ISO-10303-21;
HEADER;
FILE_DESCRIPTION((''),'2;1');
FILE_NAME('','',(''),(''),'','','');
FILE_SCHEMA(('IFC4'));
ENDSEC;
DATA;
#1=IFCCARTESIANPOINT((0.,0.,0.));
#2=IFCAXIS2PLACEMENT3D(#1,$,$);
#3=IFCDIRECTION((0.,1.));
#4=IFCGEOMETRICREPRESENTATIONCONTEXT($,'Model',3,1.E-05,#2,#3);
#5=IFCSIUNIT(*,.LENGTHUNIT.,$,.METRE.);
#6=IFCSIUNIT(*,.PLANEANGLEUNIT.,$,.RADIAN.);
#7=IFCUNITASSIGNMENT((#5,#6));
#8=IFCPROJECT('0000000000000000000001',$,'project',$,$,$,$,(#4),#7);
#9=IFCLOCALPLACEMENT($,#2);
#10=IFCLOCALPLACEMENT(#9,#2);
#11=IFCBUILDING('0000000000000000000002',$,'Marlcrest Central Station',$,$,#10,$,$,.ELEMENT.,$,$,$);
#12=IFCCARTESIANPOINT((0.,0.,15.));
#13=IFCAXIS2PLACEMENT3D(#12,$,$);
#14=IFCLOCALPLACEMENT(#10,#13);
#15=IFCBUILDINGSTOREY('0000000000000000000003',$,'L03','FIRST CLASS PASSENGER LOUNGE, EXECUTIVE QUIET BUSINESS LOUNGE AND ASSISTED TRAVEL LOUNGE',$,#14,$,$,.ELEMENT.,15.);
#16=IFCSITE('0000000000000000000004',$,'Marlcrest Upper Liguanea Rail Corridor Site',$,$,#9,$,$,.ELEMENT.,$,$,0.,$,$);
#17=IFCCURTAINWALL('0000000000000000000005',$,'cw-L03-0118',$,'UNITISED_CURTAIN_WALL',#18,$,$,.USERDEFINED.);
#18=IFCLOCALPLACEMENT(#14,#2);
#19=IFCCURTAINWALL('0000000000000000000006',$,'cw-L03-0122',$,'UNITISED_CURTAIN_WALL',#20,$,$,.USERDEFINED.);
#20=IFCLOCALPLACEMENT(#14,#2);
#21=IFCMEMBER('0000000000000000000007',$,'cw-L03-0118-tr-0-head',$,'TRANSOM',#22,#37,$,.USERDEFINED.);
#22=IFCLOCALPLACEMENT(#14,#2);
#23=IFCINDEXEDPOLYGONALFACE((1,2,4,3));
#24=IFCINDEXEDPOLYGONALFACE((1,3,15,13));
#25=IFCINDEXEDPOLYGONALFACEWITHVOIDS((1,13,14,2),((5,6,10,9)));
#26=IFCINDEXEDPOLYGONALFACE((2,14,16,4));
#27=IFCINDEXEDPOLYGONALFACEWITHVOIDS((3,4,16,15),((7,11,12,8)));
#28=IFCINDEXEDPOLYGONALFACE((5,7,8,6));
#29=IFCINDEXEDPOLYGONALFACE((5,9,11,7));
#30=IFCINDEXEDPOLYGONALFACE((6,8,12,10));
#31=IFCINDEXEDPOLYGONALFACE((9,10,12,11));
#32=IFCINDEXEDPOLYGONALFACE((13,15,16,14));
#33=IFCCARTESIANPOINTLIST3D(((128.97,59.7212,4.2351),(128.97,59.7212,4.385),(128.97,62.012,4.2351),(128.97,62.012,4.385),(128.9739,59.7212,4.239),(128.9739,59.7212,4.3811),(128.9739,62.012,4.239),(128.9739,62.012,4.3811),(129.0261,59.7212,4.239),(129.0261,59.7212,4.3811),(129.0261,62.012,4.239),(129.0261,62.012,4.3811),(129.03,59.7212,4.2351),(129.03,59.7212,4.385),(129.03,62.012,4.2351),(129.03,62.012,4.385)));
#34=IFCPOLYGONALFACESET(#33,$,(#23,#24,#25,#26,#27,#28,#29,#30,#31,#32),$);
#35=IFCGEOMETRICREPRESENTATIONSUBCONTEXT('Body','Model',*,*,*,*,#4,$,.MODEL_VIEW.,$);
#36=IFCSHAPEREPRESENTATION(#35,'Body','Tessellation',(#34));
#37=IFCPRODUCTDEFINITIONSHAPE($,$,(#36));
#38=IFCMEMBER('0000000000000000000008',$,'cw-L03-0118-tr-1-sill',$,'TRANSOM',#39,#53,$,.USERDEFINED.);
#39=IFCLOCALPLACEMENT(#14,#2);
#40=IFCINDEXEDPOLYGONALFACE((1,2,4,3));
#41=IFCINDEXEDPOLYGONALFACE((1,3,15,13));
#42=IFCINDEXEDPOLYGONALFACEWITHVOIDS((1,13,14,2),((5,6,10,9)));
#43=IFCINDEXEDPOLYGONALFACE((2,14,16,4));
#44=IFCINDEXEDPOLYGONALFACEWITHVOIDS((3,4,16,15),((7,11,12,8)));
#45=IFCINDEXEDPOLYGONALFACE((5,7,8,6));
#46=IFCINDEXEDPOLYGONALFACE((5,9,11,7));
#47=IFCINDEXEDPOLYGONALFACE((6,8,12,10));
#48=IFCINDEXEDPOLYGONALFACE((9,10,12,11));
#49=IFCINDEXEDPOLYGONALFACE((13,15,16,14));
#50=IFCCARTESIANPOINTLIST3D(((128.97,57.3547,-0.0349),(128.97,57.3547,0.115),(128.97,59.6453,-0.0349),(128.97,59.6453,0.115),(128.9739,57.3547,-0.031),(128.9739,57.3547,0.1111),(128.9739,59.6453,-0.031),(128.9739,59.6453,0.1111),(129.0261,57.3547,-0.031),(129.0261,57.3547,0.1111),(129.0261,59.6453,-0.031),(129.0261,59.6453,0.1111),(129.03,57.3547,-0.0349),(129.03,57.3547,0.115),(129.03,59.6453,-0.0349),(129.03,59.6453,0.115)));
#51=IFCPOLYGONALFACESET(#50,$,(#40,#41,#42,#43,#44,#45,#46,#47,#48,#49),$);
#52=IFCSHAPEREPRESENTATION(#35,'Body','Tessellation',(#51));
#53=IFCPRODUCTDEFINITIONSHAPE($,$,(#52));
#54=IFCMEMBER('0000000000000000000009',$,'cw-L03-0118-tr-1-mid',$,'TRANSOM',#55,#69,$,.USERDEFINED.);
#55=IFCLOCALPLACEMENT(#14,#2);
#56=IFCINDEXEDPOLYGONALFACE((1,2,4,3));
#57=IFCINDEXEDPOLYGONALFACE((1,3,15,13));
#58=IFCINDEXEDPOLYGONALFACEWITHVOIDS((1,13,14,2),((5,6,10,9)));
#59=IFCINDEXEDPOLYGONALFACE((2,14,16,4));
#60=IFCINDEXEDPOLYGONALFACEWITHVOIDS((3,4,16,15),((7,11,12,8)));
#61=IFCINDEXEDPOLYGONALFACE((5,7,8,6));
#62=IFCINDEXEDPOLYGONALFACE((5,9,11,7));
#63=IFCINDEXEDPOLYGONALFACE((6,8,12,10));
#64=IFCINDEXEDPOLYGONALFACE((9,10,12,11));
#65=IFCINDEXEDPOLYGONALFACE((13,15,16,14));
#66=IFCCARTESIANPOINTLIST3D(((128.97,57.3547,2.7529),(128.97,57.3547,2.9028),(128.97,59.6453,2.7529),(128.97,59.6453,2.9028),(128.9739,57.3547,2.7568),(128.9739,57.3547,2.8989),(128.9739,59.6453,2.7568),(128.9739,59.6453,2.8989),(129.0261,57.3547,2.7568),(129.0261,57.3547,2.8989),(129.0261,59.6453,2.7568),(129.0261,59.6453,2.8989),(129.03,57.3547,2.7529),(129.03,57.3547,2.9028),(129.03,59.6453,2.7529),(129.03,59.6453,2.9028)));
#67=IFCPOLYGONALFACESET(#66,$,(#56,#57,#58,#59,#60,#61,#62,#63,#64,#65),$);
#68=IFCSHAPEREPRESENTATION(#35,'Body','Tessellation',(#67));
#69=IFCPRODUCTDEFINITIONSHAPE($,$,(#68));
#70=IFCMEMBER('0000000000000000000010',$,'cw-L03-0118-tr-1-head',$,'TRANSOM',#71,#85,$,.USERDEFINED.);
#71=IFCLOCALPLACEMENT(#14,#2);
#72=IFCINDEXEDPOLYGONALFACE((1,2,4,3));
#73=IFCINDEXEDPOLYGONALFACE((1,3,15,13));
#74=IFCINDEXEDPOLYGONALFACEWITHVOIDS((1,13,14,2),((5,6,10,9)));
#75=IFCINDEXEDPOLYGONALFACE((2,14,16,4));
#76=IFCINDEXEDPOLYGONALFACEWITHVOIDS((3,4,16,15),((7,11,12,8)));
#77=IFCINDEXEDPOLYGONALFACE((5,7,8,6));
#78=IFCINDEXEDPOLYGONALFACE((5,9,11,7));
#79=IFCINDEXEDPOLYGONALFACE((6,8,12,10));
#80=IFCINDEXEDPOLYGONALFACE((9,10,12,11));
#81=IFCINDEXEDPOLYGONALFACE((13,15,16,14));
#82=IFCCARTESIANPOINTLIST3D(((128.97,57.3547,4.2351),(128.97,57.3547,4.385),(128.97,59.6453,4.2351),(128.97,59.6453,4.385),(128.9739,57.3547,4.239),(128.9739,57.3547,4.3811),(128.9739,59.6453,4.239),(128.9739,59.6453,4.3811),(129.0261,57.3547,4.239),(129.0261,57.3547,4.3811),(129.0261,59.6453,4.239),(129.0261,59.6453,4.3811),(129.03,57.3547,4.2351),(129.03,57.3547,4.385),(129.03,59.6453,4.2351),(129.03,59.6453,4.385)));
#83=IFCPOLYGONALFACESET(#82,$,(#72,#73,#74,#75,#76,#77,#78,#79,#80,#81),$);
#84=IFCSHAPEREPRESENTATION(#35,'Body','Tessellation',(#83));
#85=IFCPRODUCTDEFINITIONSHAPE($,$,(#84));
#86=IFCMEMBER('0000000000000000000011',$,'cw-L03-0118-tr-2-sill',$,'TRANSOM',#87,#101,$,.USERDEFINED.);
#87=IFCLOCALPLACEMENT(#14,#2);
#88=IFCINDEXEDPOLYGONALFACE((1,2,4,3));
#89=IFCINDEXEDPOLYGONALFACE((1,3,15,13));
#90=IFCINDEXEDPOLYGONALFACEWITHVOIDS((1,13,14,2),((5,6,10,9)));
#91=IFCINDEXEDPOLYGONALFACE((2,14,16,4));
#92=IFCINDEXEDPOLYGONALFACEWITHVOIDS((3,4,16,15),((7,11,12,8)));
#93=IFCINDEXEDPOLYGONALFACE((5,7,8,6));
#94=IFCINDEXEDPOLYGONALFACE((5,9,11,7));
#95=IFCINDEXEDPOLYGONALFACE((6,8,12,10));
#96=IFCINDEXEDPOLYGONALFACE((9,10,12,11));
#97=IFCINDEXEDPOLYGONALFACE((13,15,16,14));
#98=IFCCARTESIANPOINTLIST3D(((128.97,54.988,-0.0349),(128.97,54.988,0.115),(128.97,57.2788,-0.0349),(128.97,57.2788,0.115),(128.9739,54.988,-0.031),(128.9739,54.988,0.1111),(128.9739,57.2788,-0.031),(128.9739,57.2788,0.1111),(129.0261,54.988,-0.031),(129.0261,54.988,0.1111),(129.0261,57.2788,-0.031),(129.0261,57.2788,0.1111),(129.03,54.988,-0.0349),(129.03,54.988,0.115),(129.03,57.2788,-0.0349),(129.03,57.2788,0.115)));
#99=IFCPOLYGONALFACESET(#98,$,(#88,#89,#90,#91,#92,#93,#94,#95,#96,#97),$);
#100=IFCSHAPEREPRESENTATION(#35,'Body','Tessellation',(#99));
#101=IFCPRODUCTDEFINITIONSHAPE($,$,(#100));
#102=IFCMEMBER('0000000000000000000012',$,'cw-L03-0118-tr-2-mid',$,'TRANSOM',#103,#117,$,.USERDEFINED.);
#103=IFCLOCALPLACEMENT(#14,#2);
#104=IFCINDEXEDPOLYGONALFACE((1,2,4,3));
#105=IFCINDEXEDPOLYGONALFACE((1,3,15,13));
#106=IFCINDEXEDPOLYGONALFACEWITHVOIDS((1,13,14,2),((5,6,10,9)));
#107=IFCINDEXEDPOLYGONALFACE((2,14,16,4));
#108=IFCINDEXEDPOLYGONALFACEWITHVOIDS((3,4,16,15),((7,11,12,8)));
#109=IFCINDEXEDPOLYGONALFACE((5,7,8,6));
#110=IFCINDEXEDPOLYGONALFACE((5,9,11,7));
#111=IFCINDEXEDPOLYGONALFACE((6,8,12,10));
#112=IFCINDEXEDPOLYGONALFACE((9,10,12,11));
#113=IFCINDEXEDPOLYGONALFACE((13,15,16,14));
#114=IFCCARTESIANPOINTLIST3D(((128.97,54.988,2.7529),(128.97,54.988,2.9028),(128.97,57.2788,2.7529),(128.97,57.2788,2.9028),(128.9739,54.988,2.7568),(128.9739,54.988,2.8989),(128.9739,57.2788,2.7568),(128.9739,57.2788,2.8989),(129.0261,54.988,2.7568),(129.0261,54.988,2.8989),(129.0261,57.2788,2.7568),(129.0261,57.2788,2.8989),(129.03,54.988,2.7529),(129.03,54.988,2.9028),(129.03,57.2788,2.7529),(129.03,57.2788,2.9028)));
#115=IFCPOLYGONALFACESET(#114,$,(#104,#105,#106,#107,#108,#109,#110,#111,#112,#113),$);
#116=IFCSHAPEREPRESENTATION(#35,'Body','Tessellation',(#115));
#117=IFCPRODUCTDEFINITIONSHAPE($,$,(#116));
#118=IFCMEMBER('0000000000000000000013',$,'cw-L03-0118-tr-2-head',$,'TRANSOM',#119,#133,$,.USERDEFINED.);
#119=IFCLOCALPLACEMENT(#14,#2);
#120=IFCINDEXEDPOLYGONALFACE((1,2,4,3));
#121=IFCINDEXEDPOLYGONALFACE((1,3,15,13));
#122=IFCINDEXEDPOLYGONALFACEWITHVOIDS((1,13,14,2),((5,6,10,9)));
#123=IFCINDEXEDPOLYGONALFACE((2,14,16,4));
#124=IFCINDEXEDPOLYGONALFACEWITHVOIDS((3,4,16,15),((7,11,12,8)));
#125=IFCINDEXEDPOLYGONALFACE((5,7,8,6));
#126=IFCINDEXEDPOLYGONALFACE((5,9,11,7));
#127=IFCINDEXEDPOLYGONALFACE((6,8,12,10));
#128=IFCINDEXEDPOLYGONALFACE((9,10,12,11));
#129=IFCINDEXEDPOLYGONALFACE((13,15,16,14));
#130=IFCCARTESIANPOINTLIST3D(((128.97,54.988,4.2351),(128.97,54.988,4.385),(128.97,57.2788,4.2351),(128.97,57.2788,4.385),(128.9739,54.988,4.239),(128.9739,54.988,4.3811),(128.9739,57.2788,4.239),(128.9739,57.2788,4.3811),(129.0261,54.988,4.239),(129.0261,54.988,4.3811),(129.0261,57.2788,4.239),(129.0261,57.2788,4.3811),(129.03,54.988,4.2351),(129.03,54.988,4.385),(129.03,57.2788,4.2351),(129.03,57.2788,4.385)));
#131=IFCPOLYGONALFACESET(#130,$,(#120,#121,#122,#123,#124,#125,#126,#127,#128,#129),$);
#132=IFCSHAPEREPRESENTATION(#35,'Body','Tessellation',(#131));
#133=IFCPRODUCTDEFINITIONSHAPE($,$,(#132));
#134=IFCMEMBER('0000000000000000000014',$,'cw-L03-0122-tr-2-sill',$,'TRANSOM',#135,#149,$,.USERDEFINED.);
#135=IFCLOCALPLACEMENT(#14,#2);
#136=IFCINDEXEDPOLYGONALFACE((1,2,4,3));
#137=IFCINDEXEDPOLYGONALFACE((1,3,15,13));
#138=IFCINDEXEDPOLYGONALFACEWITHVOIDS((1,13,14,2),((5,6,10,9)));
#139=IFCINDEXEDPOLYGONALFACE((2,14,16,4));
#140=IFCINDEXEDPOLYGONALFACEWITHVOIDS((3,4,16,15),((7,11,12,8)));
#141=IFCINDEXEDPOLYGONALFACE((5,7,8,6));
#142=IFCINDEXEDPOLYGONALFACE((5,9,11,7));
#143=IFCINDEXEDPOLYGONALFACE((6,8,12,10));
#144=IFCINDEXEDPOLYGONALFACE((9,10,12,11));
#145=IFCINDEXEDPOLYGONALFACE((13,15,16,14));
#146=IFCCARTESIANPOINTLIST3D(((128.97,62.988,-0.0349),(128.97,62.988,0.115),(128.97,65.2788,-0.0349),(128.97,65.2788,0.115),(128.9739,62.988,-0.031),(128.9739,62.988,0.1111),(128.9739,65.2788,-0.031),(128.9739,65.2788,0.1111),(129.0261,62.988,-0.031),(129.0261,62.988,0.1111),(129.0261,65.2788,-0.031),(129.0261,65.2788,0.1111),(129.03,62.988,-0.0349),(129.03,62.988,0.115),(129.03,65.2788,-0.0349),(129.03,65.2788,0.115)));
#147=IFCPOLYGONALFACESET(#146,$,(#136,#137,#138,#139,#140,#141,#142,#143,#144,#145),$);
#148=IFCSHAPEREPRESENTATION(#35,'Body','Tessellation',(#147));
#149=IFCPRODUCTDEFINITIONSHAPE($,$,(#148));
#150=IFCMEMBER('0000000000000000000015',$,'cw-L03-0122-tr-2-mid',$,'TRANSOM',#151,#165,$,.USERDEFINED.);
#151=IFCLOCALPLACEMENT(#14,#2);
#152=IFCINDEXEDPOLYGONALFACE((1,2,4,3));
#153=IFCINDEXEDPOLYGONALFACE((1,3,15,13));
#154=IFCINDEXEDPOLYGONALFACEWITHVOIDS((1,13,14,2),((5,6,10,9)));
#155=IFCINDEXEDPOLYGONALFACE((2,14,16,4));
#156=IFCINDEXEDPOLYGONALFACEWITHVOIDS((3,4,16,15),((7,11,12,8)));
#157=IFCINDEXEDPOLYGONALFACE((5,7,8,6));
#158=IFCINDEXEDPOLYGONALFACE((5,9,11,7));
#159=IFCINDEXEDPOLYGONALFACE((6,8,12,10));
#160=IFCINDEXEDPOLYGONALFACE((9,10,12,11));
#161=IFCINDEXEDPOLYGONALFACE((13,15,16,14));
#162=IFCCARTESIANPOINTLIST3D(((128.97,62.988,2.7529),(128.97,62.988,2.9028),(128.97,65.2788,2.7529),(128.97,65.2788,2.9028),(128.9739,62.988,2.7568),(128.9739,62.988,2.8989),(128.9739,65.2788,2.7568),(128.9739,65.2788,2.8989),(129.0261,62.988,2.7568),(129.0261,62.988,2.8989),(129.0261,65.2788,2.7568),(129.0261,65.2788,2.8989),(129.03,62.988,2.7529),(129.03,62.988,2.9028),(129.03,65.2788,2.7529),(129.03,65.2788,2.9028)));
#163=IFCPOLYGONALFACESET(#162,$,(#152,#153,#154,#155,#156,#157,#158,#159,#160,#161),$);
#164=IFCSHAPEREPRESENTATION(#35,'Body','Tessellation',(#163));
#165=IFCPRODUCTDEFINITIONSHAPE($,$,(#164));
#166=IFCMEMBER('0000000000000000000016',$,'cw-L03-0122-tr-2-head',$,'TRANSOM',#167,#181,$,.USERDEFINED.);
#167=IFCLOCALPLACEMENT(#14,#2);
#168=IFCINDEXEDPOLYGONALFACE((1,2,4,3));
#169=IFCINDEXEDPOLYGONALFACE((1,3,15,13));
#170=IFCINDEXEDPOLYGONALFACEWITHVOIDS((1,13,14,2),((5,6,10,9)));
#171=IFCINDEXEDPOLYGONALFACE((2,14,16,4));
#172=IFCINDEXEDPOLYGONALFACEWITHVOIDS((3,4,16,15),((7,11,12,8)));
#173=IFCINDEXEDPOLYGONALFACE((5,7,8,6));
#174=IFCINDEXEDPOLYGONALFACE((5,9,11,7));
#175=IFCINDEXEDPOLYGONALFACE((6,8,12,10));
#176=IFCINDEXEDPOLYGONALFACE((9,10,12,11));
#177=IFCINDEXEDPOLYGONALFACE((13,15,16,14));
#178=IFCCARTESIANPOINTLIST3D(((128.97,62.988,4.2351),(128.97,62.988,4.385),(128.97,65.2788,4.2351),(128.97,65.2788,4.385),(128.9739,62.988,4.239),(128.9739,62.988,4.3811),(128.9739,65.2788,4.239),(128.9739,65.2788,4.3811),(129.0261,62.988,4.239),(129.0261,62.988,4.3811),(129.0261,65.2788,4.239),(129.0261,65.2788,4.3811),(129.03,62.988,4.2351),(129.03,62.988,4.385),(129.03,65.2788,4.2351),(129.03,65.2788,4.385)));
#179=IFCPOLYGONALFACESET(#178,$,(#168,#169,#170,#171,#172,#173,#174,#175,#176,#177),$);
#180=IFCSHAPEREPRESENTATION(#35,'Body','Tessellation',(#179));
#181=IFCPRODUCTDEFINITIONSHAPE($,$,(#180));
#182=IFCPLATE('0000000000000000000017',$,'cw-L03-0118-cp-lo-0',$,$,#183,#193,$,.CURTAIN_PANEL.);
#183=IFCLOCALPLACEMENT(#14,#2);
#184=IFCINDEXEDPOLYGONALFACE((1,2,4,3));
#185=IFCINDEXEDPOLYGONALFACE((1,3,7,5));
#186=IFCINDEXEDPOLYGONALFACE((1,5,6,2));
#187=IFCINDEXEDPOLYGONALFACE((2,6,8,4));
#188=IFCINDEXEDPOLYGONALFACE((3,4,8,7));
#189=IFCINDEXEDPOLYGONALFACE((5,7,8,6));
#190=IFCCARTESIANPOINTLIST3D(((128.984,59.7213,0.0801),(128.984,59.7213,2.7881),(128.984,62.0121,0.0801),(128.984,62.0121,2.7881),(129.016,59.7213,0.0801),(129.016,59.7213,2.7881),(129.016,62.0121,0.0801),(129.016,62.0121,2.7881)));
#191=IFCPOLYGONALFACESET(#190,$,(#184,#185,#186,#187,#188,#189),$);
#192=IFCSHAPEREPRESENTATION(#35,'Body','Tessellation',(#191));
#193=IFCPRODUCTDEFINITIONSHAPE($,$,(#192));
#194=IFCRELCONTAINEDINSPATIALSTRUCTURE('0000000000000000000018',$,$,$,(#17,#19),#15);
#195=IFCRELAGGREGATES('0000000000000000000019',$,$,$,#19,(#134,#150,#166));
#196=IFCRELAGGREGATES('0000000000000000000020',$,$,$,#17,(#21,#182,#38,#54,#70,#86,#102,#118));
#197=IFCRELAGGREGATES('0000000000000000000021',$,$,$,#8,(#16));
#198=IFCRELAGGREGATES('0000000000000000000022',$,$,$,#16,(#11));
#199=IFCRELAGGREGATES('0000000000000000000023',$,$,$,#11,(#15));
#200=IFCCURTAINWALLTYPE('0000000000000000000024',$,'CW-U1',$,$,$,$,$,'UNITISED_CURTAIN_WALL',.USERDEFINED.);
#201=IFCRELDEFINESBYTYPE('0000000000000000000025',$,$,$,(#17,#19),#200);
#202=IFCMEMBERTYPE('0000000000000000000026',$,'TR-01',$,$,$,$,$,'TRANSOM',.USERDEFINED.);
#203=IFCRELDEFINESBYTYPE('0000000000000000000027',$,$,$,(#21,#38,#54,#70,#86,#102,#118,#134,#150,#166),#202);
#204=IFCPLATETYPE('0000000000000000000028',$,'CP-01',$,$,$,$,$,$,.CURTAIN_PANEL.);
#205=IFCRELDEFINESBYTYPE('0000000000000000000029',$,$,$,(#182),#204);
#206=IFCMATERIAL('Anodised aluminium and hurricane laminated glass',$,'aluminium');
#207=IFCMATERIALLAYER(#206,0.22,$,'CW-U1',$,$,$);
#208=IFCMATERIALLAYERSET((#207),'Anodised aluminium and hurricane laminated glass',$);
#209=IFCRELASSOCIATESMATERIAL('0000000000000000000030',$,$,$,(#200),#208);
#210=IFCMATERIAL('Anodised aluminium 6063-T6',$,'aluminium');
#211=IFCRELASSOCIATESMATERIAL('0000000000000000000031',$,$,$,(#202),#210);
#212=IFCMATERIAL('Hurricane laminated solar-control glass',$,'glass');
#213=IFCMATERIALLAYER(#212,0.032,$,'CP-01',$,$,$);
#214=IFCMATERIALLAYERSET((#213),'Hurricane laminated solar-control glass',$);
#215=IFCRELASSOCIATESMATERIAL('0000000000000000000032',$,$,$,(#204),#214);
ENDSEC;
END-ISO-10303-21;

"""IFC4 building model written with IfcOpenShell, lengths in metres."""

from ifc_helpers import new_model, si_unit, direction, frame, origin, origin_2d, place, context, subcontext, project, spatial, rectangle, hollow_rectangle, extrude, material, layer, layer_set, material_profile, profile_set, type_object, element, aggregate, save


model = new_model("IFC4")

# Units and contexts
model_context = context("Model", 3, precision=1e-05, world=origin(), true_north=direction((0.0, 1.0)))
body_context = subcontext(model_context, "Body", "Model", "MODEL_VIEW")
ifc_project = project(units=[si_unit("LENGTHUNIT", "METRE"), si_unit("PLANEANGLEUNIT", "RADIAN")], contexts=[model_context])

# Site, building, storey
site_placement = place(None, origin())
site = spatial("IfcSite", under=ifc_project, at=site_placement, Name="Marlcrest Upper Liguanea Rail Corridor Site", CompositionType="ELEMENT", RefElevation=0.0)
building_placement = place(site_placement, origin())
building = spatial("IfcBuilding", under=site, at=building_placement, Name="Marlcrest Central Station", CompositionType="ELEMENT")
storey_placement = place(building_placement, frame((0.0, 0.0, 15.0)))
storey = spatial("IfcBuildingStorey", under=building, at=storey_placement, Name="L03", Description="FIRST CLASS PASSENGER LOUNGE, EXECUTIVE QUIET BUSINESS LOUNGE AND ASSISTED TRAVEL LOUNGE", CompositionType="ELEMENT", Elevation=15.0)

# Curtain walls
ifc_material_1 = material(Name="Anodised aluminium and hurricane laminated glass", Category="aluminium")
ifc_layer_1 = layer(ifc_material_1, 0.22, Name="CW-U1")
ifc_layer_set_1 = layer_set([ifc_layer_1], Name="Anodised aluminium and hurricane laminated glass")
curtain_wall_type = type_object("IfcCurtainWallType", Name="CW-U1", ElementType="UNITISED_CURTAIN_WALL", PredefinedType="USERDEFINED", material=ifc_layer_set_1)
curtain_wall_1_placement = place(storey_placement, origin())
curtain_wall_1 = element("IfcCurtainWall", 1, at=curtain_wall_1_placement, inside=storey, type_object=curtain_wall_type, Name="cw-L03-0118", ObjectType="UNITISED_CURTAIN_WALL", PredefinedType="USERDEFINED")
ifc_material_2 = material(Name="Anodised aluminium 6063-T6", Category="aluminium")
curtain_wall_2_placement = place(storey_placement, origin())
curtain_wall_2 = element("IfcCurtainWall", 2, at=curtain_wall_2_placement, inside=storey, type_object=curtain_wall_type, Name="cw-L03-0122", ObjectType="UNITISED_CURTAIN_WALL", PredefinedType="USERDEFINED")

# Members
ifc_material_profile_1 = material_profile(ifc_material_2, hollow_rectangle(XDim=0.0601, YDim=0.1499, WallThickness=0.0039, at=origin_2d()), Name="AA-RHS 150x60x4")
ifc_profile_set_1 = profile_set([ifc_material_profile_1], Name="Anodised aluminium 6063-T6")
member_type_1 = type_object("IfcMemberType", Name="TR-01", ElementType="TRANSOM", PredefinedType="USERDEFINED", material=ifc_profile_set_1)
member_1_placement = place(storey_placement, frame((129.0, 62.012, 4.3101), z_axis=(0.0, -1.0, 0.0), x_axis=(1.0, 0.0, 0.0)))
member_1 = element("IfcMember", 3, at=member_1_placement, type_object=member_type_1, Name="cw-L03-0118-tr-0-head", ObjectType="TRANSOM", PredefinedType="USERDEFINED", context=body_context, shape_type="SweptSolid", body=[
    extrude(hollow_rectangle(XDim=0.0601, YDim=0.1499, WallThickness=0.0039, at=origin_2d()), origin(), (0.0, 0.0, 1.0), 2.2908),
])
member_2_placement = place(storey_placement, frame((129.0, 59.6453, 0.04), z_axis=(0.0, -1.0, 0.0), x_axis=(1.0, 0.0, 0.0)))
member_2 = element("IfcMember", 4, at=member_2_placement, type_object=member_type_1, Name="cw-L03-0118-tr-1-sill", ObjectType="TRANSOM", PredefinedType="USERDEFINED", context=body_context, shape_type="SweptSolid", body=[
    extrude(hollow_rectangle(XDim=0.0601, YDim=0.1499, WallThickness=0.0039, at=origin_2d()), origin(), (0.0, 0.0, 1.0), 2.2905),
])
member_3_placement = place(storey_placement, frame((129.0, 59.6453, 2.8279), z_axis=(0.0, -1.0, 0.0), x_axis=(1.0, 0.0, 0.0)))
member_3 = element("IfcMember", 5, at=member_3_placement, type_object=member_type_1, Name="cw-L03-0118-tr-1-mid", ObjectType="TRANSOM", PredefinedType="USERDEFINED", context=body_context, shape_type="SweptSolid", body=[
    extrude(hollow_rectangle(XDim=0.0601, YDim=0.1499, WallThickness=0.0039, at=origin_2d()), origin(), (0.0, 0.0, 1.0), 2.2905),
])
member_4_placement = place(storey_placement, frame((129.0, 59.6453, 4.3101), z_axis=(0.0, -1.0, 0.0), x_axis=(1.0, 0.0, 0.0)))
member_4 = element("IfcMember", 6, at=member_4_placement, type_object=member_type_1, Name="cw-L03-0118-tr-1-head", ObjectType="TRANSOM", PredefinedType="USERDEFINED", context=body_context, shape_type="SweptSolid", body=[
    extrude(hollow_rectangle(XDim=0.0601, YDim=0.1499, WallThickness=0.0039, at=origin_2d()), origin(), (0.0, 0.0, 1.0), 2.2905),
])
member_5_placement = place(storey_placement, frame((129.0, 57.2788, 0.04), z_axis=(0.0, -1.0, 0.0), x_axis=(1.0, 0.0, 0.0)))
member_5 = element("IfcMember", 7, at=member_5_placement, type_object=member_type_1, Name="cw-L03-0118-tr-2-sill", ObjectType="TRANSOM", PredefinedType="USERDEFINED", context=body_context, shape_type="SweptSolid", body=[
    extrude(hollow_rectangle(XDim=0.0601, YDim=0.1499, WallThickness=0.0039, at=origin_2d()), origin(), (0.0, 0.0, 1.0), 2.2908),
])
member_6_placement = place(storey_placement, frame((129.0, 57.2788, 2.8279), z_axis=(0.0, -1.0, 0.0), x_axis=(1.0, 0.0, 0.0)))
member_6 = element("IfcMember", 8, at=member_6_placement, type_object=member_type_1, Name="cw-L03-0118-tr-2-mid", ObjectType="TRANSOM", PredefinedType="USERDEFINED", context=body_context, shape_type="SweptSolid", body=[
    extrude(hollow_rectangle(XDim=0.0601, YDim=0.1499, WallThickness=0.0039, at=origin_2d()), origin(), (0.0, 0.0, 1.0), 2.2908),
])
member_7_placement = place(storey_placement, frame((129.0, 57.2788, 4.3101), z_axis=(0.0, -1.0, 0.0), x_axis=(1.0, 0.0, 0.0)))
member_7 = element("IfcMember", 9, at=member_7_placement, type_object=member_type_1, Name="cw-L03-0118-tr-2-head", ObjectType="TRANSOM", PredefinedType="USERDEFINED", context=body_context, shape_type="SweptSolid", body=[
    extrude(hollow_rectangle(XDim=0.0601, YDim=0.1499, WallThickness=0.0039, at=origin_2d()), origin(), (0.0, 0.0, 1.0), 2.2908),
])
member_8_placement = place(storey_placement, frame((129.0, 65.2788, 0.04), z_axis=(0.0, -1.0, 0.0), x_axis=(1.0, 0.0, 0.0)))
member_8 = element("IfcMember", 10, at=member_8_placement, type_object=member_type_1, Name="cw-L03-0122-tr-2-sill", ObjectType="TRANSOM", PredefinedType="USERDEFINED", context=body_context, shape_type="SweptSolid", body=[
    extrude(hollow_rectangle(XDim=0.0601, YDim=0.1499, WallThickness=0.0039, at=origin_2d()), origin(), (0.0, 0.0, 1.0), 2.2908),
])
member_9_placement = place(storey_placement, frame((129.0, 65.2788, 2.8279), z_axis=(0.0, -1.0, 0.0), x_axis=(1.0, 0.0, 0.0)))
member_9 = element("IfcMember", 11, at=member_9_placement, type_object=member_type_1, Name="cw-L03-0122-tr-2-mid", ObjectType="TRANSOM", PredefinedType="USERDEFINED", context=body_context, shape_type="SweptSolid", body=[
    extrude(hollow_rectangle(XDim=0.0601, YDim=0.1499, WallThickness=0.0039, at=origin_2d()), origin(), (0.0, 0.0, 1.0), 2.2908),
])
member_10_placement = place(storey_placement, frame((129.0, 65.2788, 4.3101), z_axis=(0.0, -1.0, 0.0), x_axis=(1.0, 0.0, 0.0)))
member_10 = element("IfcMember", 12, at=member_10_placement, type_object=member_type_1, Name="cw-L03-0122-tr-2-head", ObjectType="TRANSOM", PredefinedType="USERDEFINED", context=body_context, shape_type="SweptSolid", body=[
    extrude(hollow_rectangle(XDim=0.0601, YDim=0.1499, WallThickness=0.0039, at=origin_2d()), origin(), (0.0, 0.0, 1.0), 2.2908),
])

# Plate
ifc_material_3 = material(Name="Hurricane laminated solar-control glass", Category="glass")
ifc_layer_2 = layer(ifc_material_3, 0.032, Name="CP-01")
ifc_layer_set_2 = layer_set([ifc_layer_2], Name="Hurricane laminated solar-control glass")
plate_type_1 = type_object("IfcPlateType", Name="CP-01", PredefinedType="CURTAIN_PANEL", material=ifc_layer_set_2)
plate_1_placement = place(storey_placement, frame((129.0, 60.8667, 0.0801), z_axis=(0.0, 0.0, 1.0), x_axis=(0.0, -1.0, 0.0)))
plate_1 = element("IfcPlate", 13, at=plate_1_placement, type_object=plate_type_1, Name="cw-L03-0118-cp-lo-0", PredefinedType="CURTAIN_PANEL", context=body_context, shape_type="SweptSolid", body=[
    extrude(rectangle(XDim=2.2908, YDim=0.032, at=origin_2d()), origin(), (0.0, 0.0, 1.0), 2.708),
])
aggregate(curtain_wall_2, [member_8, member_9, member_10])
aggregate(curtain_wall_1, [member_1, plate_1, member_2, member_3, member_4, member_5, member_6, member_7])

save(model, "model.ifc")
